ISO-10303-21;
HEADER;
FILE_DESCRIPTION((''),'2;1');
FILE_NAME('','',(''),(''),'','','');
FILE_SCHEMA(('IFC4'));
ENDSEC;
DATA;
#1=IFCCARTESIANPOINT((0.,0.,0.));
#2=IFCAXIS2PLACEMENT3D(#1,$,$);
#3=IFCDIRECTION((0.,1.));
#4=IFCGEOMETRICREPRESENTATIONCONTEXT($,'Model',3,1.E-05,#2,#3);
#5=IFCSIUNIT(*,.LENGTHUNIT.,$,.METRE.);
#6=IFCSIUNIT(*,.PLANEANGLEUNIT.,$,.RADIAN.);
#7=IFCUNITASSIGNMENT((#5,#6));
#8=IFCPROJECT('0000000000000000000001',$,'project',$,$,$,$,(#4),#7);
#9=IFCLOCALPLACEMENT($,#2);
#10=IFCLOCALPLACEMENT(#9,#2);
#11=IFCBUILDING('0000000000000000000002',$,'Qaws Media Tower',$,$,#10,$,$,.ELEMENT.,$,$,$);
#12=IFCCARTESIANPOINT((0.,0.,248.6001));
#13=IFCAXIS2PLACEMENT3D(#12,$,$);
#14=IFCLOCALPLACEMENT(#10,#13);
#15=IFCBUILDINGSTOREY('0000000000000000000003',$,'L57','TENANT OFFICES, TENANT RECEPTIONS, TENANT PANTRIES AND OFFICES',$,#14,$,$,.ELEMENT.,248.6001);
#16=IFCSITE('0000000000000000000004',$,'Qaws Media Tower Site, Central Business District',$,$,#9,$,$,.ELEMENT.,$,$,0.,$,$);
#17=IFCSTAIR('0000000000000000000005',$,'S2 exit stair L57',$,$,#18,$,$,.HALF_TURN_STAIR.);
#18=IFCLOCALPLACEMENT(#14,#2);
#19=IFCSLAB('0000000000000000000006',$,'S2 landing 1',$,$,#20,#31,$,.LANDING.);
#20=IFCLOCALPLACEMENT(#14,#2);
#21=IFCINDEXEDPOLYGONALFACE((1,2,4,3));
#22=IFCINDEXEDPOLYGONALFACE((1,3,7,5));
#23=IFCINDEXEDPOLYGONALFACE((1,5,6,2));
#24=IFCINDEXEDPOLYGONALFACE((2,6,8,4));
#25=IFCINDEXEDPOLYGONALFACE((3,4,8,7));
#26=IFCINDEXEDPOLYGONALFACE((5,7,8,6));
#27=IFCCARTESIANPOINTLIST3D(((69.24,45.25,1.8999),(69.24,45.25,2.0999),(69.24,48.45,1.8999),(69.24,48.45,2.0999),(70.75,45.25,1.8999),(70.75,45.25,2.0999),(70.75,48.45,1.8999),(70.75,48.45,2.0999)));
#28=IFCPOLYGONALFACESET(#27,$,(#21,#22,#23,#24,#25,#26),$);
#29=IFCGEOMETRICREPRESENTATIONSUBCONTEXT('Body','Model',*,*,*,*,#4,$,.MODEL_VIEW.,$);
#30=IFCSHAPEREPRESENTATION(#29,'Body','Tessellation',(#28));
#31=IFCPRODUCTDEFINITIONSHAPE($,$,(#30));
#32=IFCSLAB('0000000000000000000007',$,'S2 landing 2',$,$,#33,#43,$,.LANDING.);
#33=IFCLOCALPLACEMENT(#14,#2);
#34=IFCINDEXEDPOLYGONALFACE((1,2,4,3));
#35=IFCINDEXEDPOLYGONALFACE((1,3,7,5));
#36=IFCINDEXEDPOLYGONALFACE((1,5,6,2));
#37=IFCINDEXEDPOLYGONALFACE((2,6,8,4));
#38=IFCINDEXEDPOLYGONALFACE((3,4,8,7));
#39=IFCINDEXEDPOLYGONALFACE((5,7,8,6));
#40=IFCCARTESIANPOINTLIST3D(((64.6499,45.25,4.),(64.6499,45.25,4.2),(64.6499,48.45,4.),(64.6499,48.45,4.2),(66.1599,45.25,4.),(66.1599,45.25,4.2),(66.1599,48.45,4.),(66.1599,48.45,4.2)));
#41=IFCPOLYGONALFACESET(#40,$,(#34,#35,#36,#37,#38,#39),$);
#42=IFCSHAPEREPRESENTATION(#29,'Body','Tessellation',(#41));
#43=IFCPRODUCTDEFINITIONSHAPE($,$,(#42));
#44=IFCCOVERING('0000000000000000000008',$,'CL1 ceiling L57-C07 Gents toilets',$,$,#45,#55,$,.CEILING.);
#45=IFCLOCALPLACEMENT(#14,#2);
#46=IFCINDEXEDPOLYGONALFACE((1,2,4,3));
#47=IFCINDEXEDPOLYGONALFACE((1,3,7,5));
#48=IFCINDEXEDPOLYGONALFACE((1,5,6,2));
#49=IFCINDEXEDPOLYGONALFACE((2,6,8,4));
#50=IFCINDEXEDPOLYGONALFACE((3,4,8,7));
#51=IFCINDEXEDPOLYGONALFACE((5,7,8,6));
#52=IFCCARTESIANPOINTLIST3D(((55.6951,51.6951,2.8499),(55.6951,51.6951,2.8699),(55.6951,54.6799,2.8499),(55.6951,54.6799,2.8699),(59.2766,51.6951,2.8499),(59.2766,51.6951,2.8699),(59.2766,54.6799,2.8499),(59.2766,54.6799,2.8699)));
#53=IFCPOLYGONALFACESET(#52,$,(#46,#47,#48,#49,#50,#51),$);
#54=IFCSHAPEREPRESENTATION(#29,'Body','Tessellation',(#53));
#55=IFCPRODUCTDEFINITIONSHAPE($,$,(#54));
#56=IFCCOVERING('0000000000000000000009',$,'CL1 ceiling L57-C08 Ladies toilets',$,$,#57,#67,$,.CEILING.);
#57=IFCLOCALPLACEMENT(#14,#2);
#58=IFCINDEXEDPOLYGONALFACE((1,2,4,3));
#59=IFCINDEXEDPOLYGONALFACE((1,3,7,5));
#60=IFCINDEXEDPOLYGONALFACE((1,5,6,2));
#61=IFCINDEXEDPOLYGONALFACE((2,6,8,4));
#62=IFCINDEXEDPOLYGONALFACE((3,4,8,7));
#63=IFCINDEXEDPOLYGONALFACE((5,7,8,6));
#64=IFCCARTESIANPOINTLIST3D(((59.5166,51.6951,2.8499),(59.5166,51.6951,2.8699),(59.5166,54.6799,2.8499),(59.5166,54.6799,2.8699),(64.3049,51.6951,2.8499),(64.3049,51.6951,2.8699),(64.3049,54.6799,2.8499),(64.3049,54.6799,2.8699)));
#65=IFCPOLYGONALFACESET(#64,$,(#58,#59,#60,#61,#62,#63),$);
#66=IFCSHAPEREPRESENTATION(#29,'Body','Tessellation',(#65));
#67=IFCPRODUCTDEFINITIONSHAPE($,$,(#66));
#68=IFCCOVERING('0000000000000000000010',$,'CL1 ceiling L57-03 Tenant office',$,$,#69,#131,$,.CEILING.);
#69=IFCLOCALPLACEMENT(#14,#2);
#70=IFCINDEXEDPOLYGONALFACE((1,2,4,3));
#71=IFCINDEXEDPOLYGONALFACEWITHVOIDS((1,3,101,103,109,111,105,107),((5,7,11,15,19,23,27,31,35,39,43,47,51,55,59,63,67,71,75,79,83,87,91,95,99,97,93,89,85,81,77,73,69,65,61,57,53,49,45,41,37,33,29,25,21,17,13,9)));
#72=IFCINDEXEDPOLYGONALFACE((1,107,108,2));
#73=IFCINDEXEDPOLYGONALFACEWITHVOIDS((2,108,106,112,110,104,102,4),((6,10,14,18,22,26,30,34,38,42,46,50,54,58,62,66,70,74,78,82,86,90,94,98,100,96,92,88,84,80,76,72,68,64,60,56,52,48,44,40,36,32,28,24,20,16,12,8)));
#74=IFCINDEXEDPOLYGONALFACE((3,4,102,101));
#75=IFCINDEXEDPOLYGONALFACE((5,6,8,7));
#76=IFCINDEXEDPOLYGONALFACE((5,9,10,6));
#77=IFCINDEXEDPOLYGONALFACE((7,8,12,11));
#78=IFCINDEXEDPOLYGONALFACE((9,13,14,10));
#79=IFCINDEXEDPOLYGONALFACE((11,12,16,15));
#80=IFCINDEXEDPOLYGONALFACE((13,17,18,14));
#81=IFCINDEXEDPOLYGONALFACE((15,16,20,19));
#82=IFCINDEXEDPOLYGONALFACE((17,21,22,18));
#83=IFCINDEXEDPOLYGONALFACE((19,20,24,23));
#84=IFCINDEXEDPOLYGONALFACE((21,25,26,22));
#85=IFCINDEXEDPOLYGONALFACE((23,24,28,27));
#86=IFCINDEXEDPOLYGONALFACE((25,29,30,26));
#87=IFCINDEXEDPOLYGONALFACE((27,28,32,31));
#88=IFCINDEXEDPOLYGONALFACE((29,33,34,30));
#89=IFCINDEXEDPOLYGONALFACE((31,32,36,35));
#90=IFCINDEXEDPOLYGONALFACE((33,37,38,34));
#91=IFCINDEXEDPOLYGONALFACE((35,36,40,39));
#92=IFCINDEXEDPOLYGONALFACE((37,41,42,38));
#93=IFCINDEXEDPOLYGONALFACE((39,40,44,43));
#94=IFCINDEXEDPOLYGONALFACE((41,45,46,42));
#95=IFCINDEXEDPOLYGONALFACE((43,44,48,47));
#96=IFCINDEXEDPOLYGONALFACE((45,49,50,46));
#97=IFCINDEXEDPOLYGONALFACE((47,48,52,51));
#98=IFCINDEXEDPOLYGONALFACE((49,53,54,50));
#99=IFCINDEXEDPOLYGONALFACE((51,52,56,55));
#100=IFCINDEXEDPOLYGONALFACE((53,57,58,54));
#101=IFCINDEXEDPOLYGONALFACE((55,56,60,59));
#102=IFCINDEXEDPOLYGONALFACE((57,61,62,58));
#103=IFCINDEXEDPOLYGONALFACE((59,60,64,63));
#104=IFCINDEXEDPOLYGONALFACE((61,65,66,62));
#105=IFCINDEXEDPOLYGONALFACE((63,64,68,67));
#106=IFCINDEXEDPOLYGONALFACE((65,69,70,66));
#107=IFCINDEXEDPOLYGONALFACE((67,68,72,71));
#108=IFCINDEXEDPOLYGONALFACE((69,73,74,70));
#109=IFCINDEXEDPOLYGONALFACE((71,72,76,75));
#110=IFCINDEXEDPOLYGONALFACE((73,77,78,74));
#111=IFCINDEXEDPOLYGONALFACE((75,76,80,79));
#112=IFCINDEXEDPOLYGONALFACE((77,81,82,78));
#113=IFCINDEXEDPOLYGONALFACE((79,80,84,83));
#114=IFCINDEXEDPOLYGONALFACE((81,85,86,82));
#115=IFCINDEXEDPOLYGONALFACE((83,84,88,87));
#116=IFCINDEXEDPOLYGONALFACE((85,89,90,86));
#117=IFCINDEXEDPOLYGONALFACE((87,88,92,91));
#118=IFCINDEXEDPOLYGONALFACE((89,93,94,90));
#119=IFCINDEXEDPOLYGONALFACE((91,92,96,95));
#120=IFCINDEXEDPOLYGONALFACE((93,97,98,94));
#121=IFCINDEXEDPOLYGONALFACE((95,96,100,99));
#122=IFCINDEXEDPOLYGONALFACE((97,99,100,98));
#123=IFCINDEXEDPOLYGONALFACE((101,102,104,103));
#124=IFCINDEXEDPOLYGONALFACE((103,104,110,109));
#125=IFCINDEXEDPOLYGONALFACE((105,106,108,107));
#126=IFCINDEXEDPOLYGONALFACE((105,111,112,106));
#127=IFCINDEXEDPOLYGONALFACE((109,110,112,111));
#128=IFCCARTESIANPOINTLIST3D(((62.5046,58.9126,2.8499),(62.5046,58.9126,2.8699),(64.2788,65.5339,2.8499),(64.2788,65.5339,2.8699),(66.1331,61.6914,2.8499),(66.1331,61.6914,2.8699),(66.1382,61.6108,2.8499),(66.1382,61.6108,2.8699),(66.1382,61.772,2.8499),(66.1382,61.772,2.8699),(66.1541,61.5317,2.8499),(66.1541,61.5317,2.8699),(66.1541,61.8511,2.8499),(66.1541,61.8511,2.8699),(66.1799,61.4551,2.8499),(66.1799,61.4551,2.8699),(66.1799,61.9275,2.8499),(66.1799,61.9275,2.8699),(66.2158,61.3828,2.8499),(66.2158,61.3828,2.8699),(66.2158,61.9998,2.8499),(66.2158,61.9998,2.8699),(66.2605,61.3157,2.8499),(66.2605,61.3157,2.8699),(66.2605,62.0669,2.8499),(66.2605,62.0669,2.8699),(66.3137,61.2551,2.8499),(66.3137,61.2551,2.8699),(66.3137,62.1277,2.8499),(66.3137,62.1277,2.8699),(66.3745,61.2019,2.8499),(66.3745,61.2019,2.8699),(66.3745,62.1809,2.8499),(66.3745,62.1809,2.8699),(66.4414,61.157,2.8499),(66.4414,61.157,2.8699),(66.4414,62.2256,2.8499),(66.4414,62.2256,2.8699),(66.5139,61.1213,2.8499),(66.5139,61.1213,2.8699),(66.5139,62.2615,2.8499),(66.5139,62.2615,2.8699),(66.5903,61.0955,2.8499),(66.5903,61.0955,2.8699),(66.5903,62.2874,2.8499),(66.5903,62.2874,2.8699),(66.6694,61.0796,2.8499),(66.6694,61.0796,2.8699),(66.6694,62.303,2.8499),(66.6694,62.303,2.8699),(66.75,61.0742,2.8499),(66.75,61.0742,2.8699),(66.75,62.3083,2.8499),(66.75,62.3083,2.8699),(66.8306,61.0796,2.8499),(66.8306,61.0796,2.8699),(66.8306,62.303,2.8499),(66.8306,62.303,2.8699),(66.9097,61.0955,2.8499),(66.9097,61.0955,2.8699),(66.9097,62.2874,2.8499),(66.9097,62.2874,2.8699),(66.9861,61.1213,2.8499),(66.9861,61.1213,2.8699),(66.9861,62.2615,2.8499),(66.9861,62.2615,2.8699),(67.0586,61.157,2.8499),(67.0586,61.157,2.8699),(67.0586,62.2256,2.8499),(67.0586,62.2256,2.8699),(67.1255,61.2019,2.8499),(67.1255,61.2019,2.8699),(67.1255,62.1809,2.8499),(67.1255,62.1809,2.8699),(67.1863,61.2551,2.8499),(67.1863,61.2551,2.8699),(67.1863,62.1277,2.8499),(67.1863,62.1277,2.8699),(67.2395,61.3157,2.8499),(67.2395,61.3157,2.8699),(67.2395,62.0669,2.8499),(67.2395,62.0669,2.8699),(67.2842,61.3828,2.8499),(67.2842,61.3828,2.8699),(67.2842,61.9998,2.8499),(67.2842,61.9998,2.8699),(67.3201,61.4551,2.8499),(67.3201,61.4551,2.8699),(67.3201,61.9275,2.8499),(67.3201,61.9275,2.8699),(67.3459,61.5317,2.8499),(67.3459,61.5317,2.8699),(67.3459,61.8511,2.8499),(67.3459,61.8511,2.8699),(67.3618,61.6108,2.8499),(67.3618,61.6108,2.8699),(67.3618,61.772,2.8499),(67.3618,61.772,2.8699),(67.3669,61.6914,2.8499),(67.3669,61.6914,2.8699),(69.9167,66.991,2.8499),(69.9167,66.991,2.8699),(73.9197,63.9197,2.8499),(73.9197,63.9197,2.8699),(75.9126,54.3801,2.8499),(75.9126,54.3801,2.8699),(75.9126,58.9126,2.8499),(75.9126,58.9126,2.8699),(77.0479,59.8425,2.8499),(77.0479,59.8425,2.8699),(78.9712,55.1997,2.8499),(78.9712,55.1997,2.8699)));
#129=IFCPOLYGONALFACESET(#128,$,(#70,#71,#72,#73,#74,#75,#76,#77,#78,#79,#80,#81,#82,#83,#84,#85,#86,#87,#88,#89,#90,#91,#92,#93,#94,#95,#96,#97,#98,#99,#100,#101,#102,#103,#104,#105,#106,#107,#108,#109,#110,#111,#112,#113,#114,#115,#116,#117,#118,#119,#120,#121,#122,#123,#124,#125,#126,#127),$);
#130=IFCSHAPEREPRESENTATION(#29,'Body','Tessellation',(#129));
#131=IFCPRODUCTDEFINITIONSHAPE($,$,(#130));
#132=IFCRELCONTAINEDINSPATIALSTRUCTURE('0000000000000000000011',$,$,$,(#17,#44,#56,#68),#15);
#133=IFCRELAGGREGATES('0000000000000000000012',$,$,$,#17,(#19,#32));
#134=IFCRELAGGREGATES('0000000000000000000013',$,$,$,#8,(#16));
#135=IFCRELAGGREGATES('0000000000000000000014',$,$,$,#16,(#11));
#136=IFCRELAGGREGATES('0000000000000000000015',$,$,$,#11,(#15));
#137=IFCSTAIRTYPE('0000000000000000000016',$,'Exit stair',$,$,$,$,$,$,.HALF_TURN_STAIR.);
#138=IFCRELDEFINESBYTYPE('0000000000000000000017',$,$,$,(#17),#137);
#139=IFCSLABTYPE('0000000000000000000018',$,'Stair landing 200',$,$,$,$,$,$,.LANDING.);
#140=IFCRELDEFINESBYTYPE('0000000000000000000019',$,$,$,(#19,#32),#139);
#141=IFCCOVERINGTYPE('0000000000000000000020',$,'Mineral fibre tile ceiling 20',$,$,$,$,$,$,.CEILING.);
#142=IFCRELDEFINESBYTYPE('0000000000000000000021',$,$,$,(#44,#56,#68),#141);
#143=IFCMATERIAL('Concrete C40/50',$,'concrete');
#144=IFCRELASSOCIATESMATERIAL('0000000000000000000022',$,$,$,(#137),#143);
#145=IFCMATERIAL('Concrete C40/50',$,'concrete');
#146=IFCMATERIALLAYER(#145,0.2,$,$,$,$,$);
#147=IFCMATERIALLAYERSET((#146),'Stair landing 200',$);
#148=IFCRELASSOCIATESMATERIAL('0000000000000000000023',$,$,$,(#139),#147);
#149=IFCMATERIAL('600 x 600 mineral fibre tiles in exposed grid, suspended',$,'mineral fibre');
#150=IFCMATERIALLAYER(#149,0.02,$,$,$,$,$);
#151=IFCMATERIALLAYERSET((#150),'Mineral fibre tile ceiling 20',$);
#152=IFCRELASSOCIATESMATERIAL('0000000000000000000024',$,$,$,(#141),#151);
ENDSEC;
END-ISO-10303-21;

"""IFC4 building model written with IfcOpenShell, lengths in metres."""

from ifc_helpers import new_model, si_unit, direction, frame, origin, place, context, subcontext, project, spatial, polyline, outline, extrude, material, layer, layer_set, type_object, element, aggregate, save


model = new_model("IFC4")

# Units and contexts
model_context = context("Model", 3, precision=1e-05, world=origin(), true_north=direction((0.0, 1.0)))
body_context = subcontext(model_context, "Body", "Model", "MODEL_VIEW")
ifc_project = project(units=[si_unit("LENGTHUNIT", "METRE"), si_unit("PLANEANGLEUNIT", "RADIAN")], contexts=[model_context])

# Site, building, storey
site_placement = place(None, origin())
site = spatial("IfcSite", under=ifc_project, at=site_placement, Name="Qaws Media Tower Site, Central Business District", CompositionType="ELEMENT", RefElevation=0.0)
building_placement = place(site_placement, origin())
building = spatial("IfcBuilding", under=site, at=building_placement, Name="Qaws Media Tower", CompositionType="ELEMENT")
storey_placement = place(building_placement, frame((0.0, 0.0, 248.6001)))
storey = spatial("IfcBuildingStorey", under=building, at=storey_placement, Name="L57", Description="TENANT OFFICES, TENANT RECEPTIONS, TENANT PANTRIES AND OFFICES", CompositionType="ELEMENT", Elevation=248.6001)

# Stair, slabs
ifc_material_1 = material(Name="Concrete C40/50", Category="concrete")
stair_type = type_object("IfcStairType", Name="Exit stair", PredefinedType="HALF_TURN_STAIR", material=ifc_material_1)
ifc_material_2 = material(Name="Concrete C40/50", Category="concrete")
ifc_layer_1 = layer(ifc_material_2, 0.2)
ifc_layer_set_1 = layer_set([ifc_layer_1], Name="Stair landing 200")
slab_type = type_object("IfcSlabType", Name="Stair landing 200", PredefinedType="LANDING", material=ifc_layer_set_1)
stair_1_placement = place(storey_placement, origin())
stair_1 = element("IfcStair", 1, at=stair_1_placement, inside=storey, type_object=stair_type, Name="S2 exit stair L57", PredefinedType="HALF_TURN_STAIR")
slab_1_placement = place(storey_placement, frame((0.0, 0.0, 1.8999)))
slab_1 = element("IfcSlab", 2, at=slab_1_placement, type_object=slab_type, Name="S2 landing 1", PredefinedType="LANDING", context=body_context, shape_type="SweptSolid", body=[
    extrude(outline(polyline([(69.24, 45.25), (70.75, 45.25), (70.75, 48.45), (69.24, 48.45), (69.24, 45.25)])), origin(), (0.0, 0.0, 1.0), 0.2),
])
slab_2_placement = place(storey_placement, frame((0.0, 0.0, 4.0)))
slab_2 = element("IfcSlab", 3, at=slab_2_placement, type_object=slab_type, Name="S2 landing 2", PredefinedType="LANDING", context=body_context, shape_type="SweptSolid", body=[
    extrude(outline(polyline([(64.6499, 45.25), (66.1599, 45.25), (66.1599, 48.45), (64.6499, 48.45), (64.6499, 45.25)])), origin(), (0.0, 0.0, 1.0), 0.2),
])
aggregate(stair_1, [slab_1, slab_2])

# Coverings
ifc_material_3 = material(Name="600 x 600 mineral fibre tiles in exposed grid, suspended", Category="mineral fibre")
ifc_layer_2 = layer(ifc_material_3, 0.02)
ifc_layer_set_2 = layer_set([ifc_layer_2], Name="Mineral fibre tile ceiling 20")
covering_type_1 = type_object("IfcCoveringType", Name="Mineral fibre tile ceiling 20", PredefinedType="CEILING", material=ifc_layer_set_2)
covering_1_placement = place(storey_placement, frame((0.0, 0.0, 2.8499)))
element("IfcCovering", 4, at=covering_1_placement, inside=storey, type_object=covering_type_1, Name="CL1 ceiling L57-C07 Gents toilets", PredefinedType="CEILING", context=body_context, shape_type="SweptSolid", body=[
    extrude(outline(polyline([(55.6951, 51.6951), (55.6951, 54.6799), (59.2766, 54.6799), (59.2766, 51.6951), (55.6951, 51.6951)])), origin(), (0.0, 0.0, 1.0), 0.02),
])
covering_2_placement = place(storey_placement, frame((0.0, 0.0, 2.8499)))
element("IfcCovering", 5, at=covering_2_placement, inside=storey, type_object=covering_type_1, Name="CL1 ceiling L57-C08 Ladies toilets", PredefinedType="CEILING", context=body_context, shape_type="SweptSolid", body=[
    extrude(outline(polyline([(59.5166, 51.6951), (59.5166, 54.6799), (64.3049, 54.6799), (64.3049, 51.6951), (59.5166, 51.6951)])), origin(), (0.0, 0.0, 1.0), 0.02),
])
covering_3_placement = place(storey_placement, frame((0.0, 0.0, 2.8499)))
element("IfcCovering", 6, at=covering_3_placement, inside=storey, type_object=covering_type_1, Name="CL1 ceiling L57-03 Tenant office", PredefinedType="CEILING", context=body_context, shape_type="SweptSolid", body=[
    extrude(outline(polyline([(69.9167, 66.991), (73.9197, 63.9197), (77.0479, 59.8425), (78.9712, 55.1997), (75.9126, 54.3801), (75.9126, 58.9126), (62.5046, 58.9126), (64.2788, 65.5339), (69.9167, 66.991)]), holes=[polyline([(67.3201, 61.4551), (67.3459, 61.5317), (67.3618, 61.6108), (67.3669, 61.6914), (67.3618, 61.772), (67.3459, 61.8511), (67.3201, 61.9275), (67.2842, 61.9998), (67.2395, 62.0669), (67.1863, 62.1277), (67.1255, 62.1809), (67.0586, 62.2256), (66.9861, 62.2615), (66.9097, 62.2874), (66.8306, 62.303), (66.75, 62.3083), (66.6694, 62.303), (66.5903, 62.2874), (66.5139, 62.2615), (66.4414, 62.2256), (66.3745, 62.1809), (66.3137, 62.1277), (66.2605, 62.0669), (66.2158, 61.9998), (66.1799, 61.9275), (66.1541, 61.8511), (66.1382, 61.772), (66.1331, 61.6914), (66.1382, 61.6108), (66.1541, 61.5317), (66.1799, 61.4551), (66.2158, 61.3828), (66.2605, 61.3157), (66.3137, 61.2551), (66.3745, 61.2019), (66.4414, 61.157), (66.5139, 61.1213), (66.5903, 61.0955), (66.6694, 61.0796), (66.75, 61.0742), (66.8306, 61.0796), (66.9097, 61.0955), (66.9861, 61.1213), (67.0586, 61.157), (67.1255, 61.2019), (67.1863, 61.2551), (67.2395, 61.3157), (67.2842, 61.3828), (67.3201, 61.4551)])]), origin(), (0.0, 0.0, 1.0), 0.02),
])

save(model, "model.ifc")
